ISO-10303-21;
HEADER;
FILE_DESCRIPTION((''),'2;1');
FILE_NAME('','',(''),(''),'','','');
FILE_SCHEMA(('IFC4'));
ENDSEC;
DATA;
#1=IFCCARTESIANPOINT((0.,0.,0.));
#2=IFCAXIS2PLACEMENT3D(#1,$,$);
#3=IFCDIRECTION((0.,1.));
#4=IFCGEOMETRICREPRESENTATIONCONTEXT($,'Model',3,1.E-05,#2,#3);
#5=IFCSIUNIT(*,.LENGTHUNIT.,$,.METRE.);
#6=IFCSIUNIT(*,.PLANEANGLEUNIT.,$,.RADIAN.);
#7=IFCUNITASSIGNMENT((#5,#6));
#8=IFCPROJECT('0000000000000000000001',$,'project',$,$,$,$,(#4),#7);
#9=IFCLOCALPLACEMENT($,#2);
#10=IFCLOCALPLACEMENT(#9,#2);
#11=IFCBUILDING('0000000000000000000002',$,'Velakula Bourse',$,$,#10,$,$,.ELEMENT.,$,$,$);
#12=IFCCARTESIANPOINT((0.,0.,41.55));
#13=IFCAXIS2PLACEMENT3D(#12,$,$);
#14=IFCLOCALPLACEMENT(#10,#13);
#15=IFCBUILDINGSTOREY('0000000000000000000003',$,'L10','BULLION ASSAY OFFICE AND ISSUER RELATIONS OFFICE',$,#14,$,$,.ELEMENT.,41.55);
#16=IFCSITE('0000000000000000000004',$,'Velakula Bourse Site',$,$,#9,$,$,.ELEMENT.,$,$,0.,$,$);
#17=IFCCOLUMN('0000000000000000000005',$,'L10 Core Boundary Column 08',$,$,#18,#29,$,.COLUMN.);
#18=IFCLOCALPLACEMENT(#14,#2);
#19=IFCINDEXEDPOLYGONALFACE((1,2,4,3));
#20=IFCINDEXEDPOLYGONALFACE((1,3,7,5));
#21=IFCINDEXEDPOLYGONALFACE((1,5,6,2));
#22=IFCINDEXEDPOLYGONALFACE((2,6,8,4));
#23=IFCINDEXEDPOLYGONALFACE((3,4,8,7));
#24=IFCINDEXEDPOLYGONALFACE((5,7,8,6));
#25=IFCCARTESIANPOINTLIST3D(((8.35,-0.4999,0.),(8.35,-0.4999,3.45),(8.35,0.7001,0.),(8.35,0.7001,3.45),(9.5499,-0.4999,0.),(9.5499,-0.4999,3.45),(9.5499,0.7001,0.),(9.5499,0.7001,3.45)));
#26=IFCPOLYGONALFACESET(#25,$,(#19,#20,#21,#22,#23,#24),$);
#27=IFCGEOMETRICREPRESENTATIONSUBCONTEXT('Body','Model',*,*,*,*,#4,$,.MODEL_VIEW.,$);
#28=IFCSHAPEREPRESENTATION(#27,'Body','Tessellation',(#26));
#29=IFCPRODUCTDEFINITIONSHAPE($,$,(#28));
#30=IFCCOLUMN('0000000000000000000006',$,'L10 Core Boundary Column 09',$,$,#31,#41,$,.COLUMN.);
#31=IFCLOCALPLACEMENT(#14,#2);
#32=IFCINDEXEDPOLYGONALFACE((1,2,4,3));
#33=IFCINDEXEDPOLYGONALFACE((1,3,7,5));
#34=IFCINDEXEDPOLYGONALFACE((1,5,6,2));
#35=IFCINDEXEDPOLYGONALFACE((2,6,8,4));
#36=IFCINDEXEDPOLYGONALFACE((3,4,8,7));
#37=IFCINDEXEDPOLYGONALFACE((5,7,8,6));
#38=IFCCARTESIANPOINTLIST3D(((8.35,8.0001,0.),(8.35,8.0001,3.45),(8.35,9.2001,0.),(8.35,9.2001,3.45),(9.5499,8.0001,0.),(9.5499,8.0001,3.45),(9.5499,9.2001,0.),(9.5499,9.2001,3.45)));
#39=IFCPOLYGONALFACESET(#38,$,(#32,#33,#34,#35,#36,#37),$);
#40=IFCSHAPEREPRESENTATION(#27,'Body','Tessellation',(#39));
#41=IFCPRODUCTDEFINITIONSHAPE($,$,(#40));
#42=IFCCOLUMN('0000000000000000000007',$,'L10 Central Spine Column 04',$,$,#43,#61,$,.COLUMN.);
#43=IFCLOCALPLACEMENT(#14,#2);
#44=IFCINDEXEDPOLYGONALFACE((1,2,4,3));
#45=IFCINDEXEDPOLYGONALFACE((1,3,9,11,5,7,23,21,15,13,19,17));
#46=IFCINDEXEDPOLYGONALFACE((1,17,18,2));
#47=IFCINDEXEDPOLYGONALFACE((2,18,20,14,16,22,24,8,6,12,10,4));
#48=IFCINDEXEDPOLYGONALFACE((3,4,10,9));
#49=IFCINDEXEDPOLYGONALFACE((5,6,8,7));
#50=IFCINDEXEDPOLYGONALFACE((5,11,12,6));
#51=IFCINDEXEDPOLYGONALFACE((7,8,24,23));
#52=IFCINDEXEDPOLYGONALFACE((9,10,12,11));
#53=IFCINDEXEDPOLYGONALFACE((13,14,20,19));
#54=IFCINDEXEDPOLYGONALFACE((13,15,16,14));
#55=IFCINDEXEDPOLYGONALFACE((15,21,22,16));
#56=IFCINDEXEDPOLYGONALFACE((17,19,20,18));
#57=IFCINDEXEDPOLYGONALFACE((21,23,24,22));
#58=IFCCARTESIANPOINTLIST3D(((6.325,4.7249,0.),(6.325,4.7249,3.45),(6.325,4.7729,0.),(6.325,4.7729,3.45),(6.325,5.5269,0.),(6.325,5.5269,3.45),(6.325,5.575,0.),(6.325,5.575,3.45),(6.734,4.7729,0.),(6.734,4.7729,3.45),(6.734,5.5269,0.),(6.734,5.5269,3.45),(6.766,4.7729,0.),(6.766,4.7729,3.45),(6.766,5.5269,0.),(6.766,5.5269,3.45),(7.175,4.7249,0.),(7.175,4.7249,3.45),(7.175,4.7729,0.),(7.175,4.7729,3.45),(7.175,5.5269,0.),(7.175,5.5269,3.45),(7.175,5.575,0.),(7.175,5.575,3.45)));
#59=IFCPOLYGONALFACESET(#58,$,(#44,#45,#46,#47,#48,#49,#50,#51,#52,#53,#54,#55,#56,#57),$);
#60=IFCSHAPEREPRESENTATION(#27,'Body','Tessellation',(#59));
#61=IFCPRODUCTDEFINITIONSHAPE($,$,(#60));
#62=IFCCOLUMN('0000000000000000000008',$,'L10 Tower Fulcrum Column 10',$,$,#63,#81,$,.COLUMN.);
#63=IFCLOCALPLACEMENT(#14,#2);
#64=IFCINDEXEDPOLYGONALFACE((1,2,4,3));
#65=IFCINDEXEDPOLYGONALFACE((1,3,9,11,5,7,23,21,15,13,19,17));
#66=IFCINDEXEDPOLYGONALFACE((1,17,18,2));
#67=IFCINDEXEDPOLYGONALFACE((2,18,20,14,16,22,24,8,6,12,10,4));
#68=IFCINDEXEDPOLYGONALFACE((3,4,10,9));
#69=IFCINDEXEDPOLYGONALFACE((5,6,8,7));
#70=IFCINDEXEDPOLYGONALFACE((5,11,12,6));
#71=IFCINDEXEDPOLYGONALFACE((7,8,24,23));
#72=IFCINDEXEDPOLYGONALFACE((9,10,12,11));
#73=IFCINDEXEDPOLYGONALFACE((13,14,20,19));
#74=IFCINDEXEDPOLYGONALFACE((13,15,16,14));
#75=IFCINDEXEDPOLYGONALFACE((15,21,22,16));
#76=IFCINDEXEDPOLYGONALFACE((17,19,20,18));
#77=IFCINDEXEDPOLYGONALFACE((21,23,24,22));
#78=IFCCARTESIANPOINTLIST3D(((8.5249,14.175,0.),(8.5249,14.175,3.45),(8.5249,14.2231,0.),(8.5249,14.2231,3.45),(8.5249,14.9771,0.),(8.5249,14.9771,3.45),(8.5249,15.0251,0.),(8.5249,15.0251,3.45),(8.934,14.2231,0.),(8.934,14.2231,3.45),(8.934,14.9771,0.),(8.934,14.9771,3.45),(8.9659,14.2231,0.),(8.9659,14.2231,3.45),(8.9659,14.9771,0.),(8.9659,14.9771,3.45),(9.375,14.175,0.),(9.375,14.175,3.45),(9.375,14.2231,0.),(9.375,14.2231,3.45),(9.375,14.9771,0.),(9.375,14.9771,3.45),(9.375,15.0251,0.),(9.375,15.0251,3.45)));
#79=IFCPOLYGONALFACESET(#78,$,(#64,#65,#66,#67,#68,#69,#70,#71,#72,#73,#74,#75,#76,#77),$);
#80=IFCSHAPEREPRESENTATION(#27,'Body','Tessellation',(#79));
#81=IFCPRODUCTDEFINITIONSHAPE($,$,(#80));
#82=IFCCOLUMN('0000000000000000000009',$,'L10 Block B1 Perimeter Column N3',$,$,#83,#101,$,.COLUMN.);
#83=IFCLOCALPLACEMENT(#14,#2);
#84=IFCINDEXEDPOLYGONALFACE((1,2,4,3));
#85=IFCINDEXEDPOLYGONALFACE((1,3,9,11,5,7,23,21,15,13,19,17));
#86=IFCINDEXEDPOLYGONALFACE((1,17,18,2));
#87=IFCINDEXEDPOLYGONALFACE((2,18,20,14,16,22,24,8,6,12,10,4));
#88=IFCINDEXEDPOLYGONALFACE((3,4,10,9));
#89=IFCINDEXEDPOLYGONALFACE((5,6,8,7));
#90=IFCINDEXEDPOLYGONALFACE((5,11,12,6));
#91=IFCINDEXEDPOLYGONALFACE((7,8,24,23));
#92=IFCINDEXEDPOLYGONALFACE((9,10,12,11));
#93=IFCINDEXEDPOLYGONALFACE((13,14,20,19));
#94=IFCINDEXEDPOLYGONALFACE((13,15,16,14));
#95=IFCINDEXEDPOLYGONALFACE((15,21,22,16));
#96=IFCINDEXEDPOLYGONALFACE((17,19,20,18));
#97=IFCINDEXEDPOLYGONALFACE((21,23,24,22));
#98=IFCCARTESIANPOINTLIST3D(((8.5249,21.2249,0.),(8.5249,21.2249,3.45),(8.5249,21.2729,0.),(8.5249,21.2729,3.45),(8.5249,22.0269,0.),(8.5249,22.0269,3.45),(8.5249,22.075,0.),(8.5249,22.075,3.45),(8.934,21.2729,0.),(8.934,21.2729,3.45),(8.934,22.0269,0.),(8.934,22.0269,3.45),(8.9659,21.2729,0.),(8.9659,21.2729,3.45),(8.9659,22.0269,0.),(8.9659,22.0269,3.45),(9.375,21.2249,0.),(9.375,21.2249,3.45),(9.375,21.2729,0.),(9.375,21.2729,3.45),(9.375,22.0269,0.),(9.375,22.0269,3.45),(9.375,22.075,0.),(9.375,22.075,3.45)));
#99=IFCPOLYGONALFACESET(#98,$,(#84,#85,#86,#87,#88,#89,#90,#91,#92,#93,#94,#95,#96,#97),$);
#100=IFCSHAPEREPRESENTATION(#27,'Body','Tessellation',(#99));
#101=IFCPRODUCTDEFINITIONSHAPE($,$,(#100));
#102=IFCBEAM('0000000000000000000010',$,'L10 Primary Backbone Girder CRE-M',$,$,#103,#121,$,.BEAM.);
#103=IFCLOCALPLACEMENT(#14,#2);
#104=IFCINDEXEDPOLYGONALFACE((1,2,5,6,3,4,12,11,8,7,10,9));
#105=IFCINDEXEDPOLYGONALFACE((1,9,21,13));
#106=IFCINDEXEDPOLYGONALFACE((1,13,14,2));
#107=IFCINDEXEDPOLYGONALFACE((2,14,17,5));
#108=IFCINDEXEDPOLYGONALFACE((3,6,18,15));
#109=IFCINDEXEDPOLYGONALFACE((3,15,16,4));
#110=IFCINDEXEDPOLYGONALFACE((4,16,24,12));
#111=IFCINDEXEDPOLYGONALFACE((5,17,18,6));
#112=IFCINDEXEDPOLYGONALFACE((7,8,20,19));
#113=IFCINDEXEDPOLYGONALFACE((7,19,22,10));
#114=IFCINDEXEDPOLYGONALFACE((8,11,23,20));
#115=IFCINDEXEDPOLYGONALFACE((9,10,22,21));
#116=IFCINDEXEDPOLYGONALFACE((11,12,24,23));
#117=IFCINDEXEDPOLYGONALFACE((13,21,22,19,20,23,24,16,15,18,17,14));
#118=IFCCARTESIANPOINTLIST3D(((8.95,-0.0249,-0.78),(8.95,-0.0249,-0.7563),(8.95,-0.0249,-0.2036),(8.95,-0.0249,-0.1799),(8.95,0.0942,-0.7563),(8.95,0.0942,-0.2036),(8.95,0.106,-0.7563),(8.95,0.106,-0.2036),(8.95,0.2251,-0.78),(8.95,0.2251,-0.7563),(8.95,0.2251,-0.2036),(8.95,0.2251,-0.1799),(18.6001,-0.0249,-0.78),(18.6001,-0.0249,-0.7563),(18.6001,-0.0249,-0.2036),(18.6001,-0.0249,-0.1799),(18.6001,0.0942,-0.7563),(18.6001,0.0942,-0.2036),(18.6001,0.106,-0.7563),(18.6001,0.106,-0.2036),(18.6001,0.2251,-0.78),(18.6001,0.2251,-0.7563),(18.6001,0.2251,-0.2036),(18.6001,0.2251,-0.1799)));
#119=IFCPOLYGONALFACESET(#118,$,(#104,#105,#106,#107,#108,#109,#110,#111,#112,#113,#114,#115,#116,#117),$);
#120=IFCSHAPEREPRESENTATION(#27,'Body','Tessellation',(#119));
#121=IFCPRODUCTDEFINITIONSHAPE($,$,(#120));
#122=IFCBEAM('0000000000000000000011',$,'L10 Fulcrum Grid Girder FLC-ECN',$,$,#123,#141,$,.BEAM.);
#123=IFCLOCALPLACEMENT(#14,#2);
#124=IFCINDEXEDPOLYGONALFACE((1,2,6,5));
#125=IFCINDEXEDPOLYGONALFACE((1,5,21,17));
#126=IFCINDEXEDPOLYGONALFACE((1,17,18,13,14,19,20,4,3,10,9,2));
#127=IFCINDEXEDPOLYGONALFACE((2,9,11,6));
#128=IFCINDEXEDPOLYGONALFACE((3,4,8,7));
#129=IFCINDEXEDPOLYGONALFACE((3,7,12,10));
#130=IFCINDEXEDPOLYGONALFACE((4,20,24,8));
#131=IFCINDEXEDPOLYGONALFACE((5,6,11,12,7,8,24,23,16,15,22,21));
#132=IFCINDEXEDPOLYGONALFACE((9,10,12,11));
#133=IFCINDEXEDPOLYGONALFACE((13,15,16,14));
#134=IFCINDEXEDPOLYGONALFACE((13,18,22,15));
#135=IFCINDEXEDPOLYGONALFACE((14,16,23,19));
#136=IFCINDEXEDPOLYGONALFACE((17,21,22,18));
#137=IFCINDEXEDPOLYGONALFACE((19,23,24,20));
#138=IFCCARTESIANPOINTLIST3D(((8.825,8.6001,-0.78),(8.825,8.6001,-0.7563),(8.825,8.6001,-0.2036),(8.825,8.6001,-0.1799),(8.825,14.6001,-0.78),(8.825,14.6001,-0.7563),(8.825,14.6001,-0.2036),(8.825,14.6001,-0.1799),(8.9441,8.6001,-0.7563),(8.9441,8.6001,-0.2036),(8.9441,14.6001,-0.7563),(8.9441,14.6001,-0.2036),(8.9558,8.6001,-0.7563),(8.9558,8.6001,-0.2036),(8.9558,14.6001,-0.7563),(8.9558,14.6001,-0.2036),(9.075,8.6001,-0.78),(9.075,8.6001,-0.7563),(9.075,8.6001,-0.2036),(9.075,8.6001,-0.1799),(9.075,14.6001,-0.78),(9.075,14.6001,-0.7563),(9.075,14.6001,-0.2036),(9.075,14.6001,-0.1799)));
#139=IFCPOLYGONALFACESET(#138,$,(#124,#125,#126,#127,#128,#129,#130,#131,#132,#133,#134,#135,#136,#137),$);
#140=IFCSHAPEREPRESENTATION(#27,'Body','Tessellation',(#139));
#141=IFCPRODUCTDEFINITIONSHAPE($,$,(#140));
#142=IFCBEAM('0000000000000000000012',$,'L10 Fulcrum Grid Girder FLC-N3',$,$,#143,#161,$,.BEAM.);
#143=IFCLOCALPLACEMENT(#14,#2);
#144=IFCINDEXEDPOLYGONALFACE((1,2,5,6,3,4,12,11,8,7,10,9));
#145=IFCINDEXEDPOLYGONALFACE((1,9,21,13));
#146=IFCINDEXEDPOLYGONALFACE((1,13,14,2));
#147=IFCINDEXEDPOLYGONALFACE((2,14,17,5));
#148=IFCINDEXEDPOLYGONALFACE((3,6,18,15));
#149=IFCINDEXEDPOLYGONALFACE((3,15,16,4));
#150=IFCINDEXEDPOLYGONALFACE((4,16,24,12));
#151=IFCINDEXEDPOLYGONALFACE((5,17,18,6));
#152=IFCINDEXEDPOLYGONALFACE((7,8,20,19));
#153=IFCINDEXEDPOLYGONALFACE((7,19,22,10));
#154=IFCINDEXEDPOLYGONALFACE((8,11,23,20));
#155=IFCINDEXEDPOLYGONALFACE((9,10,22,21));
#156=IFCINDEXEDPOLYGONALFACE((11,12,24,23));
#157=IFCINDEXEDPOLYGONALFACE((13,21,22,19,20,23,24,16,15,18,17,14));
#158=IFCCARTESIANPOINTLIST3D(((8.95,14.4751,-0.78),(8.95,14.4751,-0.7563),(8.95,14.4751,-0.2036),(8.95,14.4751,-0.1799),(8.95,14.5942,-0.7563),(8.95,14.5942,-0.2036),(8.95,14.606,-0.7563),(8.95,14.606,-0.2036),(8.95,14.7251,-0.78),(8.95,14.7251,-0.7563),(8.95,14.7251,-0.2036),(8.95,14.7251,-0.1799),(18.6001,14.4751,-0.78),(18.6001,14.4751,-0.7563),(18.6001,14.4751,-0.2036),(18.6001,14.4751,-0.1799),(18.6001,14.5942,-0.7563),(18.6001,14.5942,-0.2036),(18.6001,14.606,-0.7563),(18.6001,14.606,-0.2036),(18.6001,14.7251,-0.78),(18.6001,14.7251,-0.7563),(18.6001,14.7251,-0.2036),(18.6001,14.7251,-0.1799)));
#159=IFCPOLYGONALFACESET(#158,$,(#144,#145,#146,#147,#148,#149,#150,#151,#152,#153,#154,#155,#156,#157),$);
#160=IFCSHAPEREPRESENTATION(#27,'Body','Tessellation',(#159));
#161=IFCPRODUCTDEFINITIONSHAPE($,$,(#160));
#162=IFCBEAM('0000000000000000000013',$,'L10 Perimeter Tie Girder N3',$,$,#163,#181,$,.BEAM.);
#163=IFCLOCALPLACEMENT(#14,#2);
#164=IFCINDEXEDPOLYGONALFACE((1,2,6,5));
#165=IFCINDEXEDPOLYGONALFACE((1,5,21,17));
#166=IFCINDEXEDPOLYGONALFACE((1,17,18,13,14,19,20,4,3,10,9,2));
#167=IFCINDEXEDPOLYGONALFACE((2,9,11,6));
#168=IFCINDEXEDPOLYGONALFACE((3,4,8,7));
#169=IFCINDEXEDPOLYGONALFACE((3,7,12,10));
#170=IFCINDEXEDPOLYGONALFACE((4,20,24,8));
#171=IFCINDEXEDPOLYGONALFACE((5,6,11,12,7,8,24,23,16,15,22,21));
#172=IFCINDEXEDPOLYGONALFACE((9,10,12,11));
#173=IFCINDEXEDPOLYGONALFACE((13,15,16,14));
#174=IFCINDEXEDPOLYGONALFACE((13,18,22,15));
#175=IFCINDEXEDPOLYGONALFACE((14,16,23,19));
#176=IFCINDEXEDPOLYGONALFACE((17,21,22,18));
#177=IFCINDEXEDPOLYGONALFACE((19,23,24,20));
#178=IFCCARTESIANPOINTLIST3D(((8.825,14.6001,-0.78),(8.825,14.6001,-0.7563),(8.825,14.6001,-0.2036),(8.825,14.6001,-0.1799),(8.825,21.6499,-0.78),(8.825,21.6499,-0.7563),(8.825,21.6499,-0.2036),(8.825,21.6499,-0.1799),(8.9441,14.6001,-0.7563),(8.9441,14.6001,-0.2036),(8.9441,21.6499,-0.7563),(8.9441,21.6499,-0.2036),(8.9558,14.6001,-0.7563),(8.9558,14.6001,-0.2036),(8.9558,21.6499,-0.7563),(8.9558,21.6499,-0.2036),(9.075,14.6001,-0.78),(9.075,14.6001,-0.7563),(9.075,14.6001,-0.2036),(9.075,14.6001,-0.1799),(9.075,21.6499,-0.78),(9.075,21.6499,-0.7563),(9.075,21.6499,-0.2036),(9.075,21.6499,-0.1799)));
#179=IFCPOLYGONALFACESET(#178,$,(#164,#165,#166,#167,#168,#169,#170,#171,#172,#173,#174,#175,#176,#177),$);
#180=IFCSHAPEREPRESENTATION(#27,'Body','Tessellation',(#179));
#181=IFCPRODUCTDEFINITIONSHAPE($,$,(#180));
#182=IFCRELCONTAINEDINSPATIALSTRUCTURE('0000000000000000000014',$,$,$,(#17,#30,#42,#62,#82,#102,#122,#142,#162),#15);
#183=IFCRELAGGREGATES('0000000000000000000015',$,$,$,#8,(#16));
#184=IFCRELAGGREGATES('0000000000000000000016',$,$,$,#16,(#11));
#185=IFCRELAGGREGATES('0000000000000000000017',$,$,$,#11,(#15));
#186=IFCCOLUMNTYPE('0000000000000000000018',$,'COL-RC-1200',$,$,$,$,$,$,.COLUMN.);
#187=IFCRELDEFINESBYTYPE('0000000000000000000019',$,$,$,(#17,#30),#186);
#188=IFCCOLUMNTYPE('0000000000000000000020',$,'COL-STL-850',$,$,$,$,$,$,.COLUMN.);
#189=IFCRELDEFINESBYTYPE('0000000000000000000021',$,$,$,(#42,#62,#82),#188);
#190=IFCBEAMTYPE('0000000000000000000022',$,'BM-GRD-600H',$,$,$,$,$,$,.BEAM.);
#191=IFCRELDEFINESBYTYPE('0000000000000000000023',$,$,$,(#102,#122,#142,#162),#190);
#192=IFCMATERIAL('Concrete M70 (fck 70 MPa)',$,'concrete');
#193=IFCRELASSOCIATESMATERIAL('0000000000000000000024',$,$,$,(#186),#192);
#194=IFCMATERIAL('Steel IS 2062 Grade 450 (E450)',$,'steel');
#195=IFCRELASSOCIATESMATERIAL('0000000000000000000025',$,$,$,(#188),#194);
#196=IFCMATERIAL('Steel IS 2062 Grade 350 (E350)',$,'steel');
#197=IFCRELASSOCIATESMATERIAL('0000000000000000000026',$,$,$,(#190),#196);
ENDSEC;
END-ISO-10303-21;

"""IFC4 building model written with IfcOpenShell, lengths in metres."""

from ifc_helpers import new_model, si_unit, direction, frame, origin, origin_2d, place, context, subcontext, project, spatial, rectangle, i_section, extrude, material, material_profile, profile_set, type_object, element, save


model = new_model("IFC4")

# Units and contexts
model_context = context("Model", 3, precision=1e-05, world=origin(), true_north=direction((0.0, 1.0)))
body_context = subcontext(model_context, "Body", "Model", "MODEL_VIEW")
ifc_project = project(units=[si_unit("LENGTHUNIT", "METRE"), si_unit("PLANEANGLEUNIT", "RADIAN")], contexts=[model_context])

# Site, building, storey
site_placement = place(None, origin())
site = spatial("IfcSite", under=ifc_project, at=site_placement, Name="Velakula Bourse Site", CompositionType="ELEMENT", RefElevation=0.0)
building_placement = place(site_placement, origin())
building = spatial("IfcBuilding", under=site, at=building_placement, Name="Velakula Bourse", CompositionType="ELEMENT")
storey_placement = place(building_placement, frame((0.0, 0.0, 41.55)))
storey = spatial("IfcBuildingStorey", under=building, at=storey_placement, Name="L10", Description="BULLION ASSAY OFFICE AND ISSUER RELATIONS OFFICE", CompositionType="ELEMENT", Elevation=41.55)

# Columns
ifc_material_1 = material(Name="Concrete M70 (fck 70 MPa)", Category="concrete")
ifc_material_profile_1 = material_profile(ifc_material_1, rectangle(XDim=1.2, YDim=1.2, at=origin_2d()), Name="Concrete M70 (fck 70 MPa)")
ifc_profile_set_1 = profile_set([ifc_material_profile_1], Name="Concrete M70 (fck 70 MPa)")
column_type_1 = type_object("IfcColumnType", Name="COL-RC-1200", PredefinedType="COLUMN", material=ifc_profile_set_1)
for number, where, z_axis, x_axis, name in (
    (1, (8.95, 0.1001, 0.0), (0.0, 0.0, 1.0), (1.0, 0.0, 0.0), "L10 Core Boundary Column 08"),
    (2, (8.95, 8.6001, 0.0), (0.0, 0.0, 1.0), (1.0, 0.0, 0.0), "L10 Core Boundary Column 09"),
):
    element("IfcColumn", number, at=place(storey_placement, frame(where, z_axis=z_axis, x_axis=x_axis)), inside=storey, type_object=column_type_1, Name=name, PredefinedType="COLUMN", context=body_context, shape_type="SweptSolid", body=[
        extrude(rectangle(XDim=1.2, YDim=1.2, at=origin_2d()), origin(), (0.0, 0.0, 1.0), 3.45),
    ])
ifc_material_2 = material(Name="Steel IS 2062 Grade 450 (E450)", Category="steel")
ifc_material_profile_2 = material_profile(ifc_material_2, i_section(OverallWidth=0.8501, OverallDepth=0.8501, WebThickness=0.032, FlangeThickness=0.0481, at=origin_2d()), Name="Steel IS 2062 Grade 450 (E450)")
ifc_profile_set_2 = profile_set([ifc_material_profile_2], Name="Steel IS 2062 Grade 450 (E450)")
column_type_2 = type_object("IfcColumnType", Name="COL-STL-850", PredefinedType="COLUMN", material=ifc_profile_set_2)
for number, where, z_axis, x_axis, name in (
    (3, (6.75, 5.1499, 0.0), (0.0, 0.0, 1.0), (1.0, 0.0, 0.0), "L10 Central Spine Column 04"),
    (4, (8.95, 14.6001, 0.0), (0.0, 0.0, 1.0), (1.0, 0.0, 0.0), "L10 Tower Fulcrum Column 10"),
    (5, (8.95, 21.6499, 0.0), (0.0, 0.0, 1.0), (1.0, 0.0, 0.0), "L10 Block B1 Perimeter Column N3"),
):
    element("IfcColumn", number, at=place(storey_placement, frame(where, z_axis=z_axis, x_axis=x_axis)), inside=storey, type_object=column_type_2, Name=name, PredefinedType="COLUMN", context=body_context, shape_type="SweptSolid", body=[
        extrude(i_section(OverallWidth=0.8501, OverallDepth=0.8501, WebThickness=0.032, FlangeThickness=0.0481, at=origin_2d()), origin(), (0.0, 0.0, 1.0), 3.45),
    ])

# Beams
ifc_material_3 = material(Name="Steel IS 2062 Grade 350 (E350)", Category="steel")
ifc_material_profile_3 = material_profile(ifc_material_3, i_section(OverallWidth=0.25, OverallDepth=0.6001, WebThickness=0.0117, FlangeThickness=0.0237, at=origin_2d()), Name="Steel IS 2062 Grade 350 (E350)")
ifc_profile_set_3 = profile_set([ifc_material_profile_3], Name="Steel IS 2062 Grade 350 (E350)")
beam_type_1 = type_object("IfcBeamType", Name="BM-GRD-600H", PredefinedType="BEAM", material=ifc_profile_set_3)
beam_1_placement = place(storey_placement, frame((8.95, 0.1001, -0.48), z_axis=(1.0, 0.0, 0.0), x_axis=(0.0, 1.0, 0.0)))
element("IfcBeam", 6, at=beam_1_placement, inside=storey, type_object=beam_type_1, Name="L10 Primary Backbone Girder CRE-M", PredefinedType="BEAM", context=body_context, shape_type="SweptSolid", body=[
    extrude(i_section(OverallWidth=0.25, OverallDepth=0.6001, WebThickness=0.0117, FlangeThickness=0.0237, at=origin_2d()), origin(), (0.0, 0.0, 1.0), 9.6501),
])
beam_2_placement = place(storey_placement, frame((8.95, 8.6001, -0.48), z_axis=(0.0, 1.0, 0.0), x_axis=(-1.0, 0.0, 0.0)))
element("IfcBeam", 7, at=beam_2_placement, inside=storey, type_object=beam_type_1, Name="L10 Fulcrum Grid Girder FLC-ECN", PredefinedType="BEAM", context=body_context, shape_type="SweptSolid", body=[
    extrude(i_section(OverallWidth=0.25, OverallDepth=0.6001, WebThickness=0.0117, FlangeThickness=0.0237, at=origin_2d()), origin(), (0.0, 0.0, 1.0), 6.0),
])
beam_3_placement = place(storey_placement, frame((8.95, 14.6001, -0.48), z_axis=(1.0, 0.0, 0.0), x_axis=(0.0, 1.0, 0.0)))
element("IfcBeam", 8, at=beam_3_placement, inside=storey, type_object=beam_type_1, Name="L10 Fulcrum Grid Girder FLC-N3", PredefinedType="BEAM", context=body_context, shape_type="SweptSolid", body=[
    extrude(i_section(OverallWidth=0.25, OverallDepth=0.6001, WebThickness=0.0117, FlangeThickness=0.0237, at=origin_2d()), origin(), (0.0, 0.0, 1.0), 9.6501),
])
beam_4_placement = place(storey_placement, frame((8.95, 14.6001, -0.48), z_axis=(0.0, 1.0, 0.0), x_axis=(-1.0, 0.0, 0.0)))
element("IfcBeam", 9, at=beam_4_placement, inside=storey, type_object=beam_type_1, Name="L10 Perimeter Tie Girder N3", PredefinedType="BEAM", context=body_context, shape_type="SweptSolid", body=[
    extrude(i_section(OverallWidth=0.25, OverallDepth=0.6001, WebThickness=0.0117, FlangeThickness=0.0237, at=origin_2d()), origin(), (0.0, 0.0, 1.0), 7.0498),
])

save(model, "model.ifc")
